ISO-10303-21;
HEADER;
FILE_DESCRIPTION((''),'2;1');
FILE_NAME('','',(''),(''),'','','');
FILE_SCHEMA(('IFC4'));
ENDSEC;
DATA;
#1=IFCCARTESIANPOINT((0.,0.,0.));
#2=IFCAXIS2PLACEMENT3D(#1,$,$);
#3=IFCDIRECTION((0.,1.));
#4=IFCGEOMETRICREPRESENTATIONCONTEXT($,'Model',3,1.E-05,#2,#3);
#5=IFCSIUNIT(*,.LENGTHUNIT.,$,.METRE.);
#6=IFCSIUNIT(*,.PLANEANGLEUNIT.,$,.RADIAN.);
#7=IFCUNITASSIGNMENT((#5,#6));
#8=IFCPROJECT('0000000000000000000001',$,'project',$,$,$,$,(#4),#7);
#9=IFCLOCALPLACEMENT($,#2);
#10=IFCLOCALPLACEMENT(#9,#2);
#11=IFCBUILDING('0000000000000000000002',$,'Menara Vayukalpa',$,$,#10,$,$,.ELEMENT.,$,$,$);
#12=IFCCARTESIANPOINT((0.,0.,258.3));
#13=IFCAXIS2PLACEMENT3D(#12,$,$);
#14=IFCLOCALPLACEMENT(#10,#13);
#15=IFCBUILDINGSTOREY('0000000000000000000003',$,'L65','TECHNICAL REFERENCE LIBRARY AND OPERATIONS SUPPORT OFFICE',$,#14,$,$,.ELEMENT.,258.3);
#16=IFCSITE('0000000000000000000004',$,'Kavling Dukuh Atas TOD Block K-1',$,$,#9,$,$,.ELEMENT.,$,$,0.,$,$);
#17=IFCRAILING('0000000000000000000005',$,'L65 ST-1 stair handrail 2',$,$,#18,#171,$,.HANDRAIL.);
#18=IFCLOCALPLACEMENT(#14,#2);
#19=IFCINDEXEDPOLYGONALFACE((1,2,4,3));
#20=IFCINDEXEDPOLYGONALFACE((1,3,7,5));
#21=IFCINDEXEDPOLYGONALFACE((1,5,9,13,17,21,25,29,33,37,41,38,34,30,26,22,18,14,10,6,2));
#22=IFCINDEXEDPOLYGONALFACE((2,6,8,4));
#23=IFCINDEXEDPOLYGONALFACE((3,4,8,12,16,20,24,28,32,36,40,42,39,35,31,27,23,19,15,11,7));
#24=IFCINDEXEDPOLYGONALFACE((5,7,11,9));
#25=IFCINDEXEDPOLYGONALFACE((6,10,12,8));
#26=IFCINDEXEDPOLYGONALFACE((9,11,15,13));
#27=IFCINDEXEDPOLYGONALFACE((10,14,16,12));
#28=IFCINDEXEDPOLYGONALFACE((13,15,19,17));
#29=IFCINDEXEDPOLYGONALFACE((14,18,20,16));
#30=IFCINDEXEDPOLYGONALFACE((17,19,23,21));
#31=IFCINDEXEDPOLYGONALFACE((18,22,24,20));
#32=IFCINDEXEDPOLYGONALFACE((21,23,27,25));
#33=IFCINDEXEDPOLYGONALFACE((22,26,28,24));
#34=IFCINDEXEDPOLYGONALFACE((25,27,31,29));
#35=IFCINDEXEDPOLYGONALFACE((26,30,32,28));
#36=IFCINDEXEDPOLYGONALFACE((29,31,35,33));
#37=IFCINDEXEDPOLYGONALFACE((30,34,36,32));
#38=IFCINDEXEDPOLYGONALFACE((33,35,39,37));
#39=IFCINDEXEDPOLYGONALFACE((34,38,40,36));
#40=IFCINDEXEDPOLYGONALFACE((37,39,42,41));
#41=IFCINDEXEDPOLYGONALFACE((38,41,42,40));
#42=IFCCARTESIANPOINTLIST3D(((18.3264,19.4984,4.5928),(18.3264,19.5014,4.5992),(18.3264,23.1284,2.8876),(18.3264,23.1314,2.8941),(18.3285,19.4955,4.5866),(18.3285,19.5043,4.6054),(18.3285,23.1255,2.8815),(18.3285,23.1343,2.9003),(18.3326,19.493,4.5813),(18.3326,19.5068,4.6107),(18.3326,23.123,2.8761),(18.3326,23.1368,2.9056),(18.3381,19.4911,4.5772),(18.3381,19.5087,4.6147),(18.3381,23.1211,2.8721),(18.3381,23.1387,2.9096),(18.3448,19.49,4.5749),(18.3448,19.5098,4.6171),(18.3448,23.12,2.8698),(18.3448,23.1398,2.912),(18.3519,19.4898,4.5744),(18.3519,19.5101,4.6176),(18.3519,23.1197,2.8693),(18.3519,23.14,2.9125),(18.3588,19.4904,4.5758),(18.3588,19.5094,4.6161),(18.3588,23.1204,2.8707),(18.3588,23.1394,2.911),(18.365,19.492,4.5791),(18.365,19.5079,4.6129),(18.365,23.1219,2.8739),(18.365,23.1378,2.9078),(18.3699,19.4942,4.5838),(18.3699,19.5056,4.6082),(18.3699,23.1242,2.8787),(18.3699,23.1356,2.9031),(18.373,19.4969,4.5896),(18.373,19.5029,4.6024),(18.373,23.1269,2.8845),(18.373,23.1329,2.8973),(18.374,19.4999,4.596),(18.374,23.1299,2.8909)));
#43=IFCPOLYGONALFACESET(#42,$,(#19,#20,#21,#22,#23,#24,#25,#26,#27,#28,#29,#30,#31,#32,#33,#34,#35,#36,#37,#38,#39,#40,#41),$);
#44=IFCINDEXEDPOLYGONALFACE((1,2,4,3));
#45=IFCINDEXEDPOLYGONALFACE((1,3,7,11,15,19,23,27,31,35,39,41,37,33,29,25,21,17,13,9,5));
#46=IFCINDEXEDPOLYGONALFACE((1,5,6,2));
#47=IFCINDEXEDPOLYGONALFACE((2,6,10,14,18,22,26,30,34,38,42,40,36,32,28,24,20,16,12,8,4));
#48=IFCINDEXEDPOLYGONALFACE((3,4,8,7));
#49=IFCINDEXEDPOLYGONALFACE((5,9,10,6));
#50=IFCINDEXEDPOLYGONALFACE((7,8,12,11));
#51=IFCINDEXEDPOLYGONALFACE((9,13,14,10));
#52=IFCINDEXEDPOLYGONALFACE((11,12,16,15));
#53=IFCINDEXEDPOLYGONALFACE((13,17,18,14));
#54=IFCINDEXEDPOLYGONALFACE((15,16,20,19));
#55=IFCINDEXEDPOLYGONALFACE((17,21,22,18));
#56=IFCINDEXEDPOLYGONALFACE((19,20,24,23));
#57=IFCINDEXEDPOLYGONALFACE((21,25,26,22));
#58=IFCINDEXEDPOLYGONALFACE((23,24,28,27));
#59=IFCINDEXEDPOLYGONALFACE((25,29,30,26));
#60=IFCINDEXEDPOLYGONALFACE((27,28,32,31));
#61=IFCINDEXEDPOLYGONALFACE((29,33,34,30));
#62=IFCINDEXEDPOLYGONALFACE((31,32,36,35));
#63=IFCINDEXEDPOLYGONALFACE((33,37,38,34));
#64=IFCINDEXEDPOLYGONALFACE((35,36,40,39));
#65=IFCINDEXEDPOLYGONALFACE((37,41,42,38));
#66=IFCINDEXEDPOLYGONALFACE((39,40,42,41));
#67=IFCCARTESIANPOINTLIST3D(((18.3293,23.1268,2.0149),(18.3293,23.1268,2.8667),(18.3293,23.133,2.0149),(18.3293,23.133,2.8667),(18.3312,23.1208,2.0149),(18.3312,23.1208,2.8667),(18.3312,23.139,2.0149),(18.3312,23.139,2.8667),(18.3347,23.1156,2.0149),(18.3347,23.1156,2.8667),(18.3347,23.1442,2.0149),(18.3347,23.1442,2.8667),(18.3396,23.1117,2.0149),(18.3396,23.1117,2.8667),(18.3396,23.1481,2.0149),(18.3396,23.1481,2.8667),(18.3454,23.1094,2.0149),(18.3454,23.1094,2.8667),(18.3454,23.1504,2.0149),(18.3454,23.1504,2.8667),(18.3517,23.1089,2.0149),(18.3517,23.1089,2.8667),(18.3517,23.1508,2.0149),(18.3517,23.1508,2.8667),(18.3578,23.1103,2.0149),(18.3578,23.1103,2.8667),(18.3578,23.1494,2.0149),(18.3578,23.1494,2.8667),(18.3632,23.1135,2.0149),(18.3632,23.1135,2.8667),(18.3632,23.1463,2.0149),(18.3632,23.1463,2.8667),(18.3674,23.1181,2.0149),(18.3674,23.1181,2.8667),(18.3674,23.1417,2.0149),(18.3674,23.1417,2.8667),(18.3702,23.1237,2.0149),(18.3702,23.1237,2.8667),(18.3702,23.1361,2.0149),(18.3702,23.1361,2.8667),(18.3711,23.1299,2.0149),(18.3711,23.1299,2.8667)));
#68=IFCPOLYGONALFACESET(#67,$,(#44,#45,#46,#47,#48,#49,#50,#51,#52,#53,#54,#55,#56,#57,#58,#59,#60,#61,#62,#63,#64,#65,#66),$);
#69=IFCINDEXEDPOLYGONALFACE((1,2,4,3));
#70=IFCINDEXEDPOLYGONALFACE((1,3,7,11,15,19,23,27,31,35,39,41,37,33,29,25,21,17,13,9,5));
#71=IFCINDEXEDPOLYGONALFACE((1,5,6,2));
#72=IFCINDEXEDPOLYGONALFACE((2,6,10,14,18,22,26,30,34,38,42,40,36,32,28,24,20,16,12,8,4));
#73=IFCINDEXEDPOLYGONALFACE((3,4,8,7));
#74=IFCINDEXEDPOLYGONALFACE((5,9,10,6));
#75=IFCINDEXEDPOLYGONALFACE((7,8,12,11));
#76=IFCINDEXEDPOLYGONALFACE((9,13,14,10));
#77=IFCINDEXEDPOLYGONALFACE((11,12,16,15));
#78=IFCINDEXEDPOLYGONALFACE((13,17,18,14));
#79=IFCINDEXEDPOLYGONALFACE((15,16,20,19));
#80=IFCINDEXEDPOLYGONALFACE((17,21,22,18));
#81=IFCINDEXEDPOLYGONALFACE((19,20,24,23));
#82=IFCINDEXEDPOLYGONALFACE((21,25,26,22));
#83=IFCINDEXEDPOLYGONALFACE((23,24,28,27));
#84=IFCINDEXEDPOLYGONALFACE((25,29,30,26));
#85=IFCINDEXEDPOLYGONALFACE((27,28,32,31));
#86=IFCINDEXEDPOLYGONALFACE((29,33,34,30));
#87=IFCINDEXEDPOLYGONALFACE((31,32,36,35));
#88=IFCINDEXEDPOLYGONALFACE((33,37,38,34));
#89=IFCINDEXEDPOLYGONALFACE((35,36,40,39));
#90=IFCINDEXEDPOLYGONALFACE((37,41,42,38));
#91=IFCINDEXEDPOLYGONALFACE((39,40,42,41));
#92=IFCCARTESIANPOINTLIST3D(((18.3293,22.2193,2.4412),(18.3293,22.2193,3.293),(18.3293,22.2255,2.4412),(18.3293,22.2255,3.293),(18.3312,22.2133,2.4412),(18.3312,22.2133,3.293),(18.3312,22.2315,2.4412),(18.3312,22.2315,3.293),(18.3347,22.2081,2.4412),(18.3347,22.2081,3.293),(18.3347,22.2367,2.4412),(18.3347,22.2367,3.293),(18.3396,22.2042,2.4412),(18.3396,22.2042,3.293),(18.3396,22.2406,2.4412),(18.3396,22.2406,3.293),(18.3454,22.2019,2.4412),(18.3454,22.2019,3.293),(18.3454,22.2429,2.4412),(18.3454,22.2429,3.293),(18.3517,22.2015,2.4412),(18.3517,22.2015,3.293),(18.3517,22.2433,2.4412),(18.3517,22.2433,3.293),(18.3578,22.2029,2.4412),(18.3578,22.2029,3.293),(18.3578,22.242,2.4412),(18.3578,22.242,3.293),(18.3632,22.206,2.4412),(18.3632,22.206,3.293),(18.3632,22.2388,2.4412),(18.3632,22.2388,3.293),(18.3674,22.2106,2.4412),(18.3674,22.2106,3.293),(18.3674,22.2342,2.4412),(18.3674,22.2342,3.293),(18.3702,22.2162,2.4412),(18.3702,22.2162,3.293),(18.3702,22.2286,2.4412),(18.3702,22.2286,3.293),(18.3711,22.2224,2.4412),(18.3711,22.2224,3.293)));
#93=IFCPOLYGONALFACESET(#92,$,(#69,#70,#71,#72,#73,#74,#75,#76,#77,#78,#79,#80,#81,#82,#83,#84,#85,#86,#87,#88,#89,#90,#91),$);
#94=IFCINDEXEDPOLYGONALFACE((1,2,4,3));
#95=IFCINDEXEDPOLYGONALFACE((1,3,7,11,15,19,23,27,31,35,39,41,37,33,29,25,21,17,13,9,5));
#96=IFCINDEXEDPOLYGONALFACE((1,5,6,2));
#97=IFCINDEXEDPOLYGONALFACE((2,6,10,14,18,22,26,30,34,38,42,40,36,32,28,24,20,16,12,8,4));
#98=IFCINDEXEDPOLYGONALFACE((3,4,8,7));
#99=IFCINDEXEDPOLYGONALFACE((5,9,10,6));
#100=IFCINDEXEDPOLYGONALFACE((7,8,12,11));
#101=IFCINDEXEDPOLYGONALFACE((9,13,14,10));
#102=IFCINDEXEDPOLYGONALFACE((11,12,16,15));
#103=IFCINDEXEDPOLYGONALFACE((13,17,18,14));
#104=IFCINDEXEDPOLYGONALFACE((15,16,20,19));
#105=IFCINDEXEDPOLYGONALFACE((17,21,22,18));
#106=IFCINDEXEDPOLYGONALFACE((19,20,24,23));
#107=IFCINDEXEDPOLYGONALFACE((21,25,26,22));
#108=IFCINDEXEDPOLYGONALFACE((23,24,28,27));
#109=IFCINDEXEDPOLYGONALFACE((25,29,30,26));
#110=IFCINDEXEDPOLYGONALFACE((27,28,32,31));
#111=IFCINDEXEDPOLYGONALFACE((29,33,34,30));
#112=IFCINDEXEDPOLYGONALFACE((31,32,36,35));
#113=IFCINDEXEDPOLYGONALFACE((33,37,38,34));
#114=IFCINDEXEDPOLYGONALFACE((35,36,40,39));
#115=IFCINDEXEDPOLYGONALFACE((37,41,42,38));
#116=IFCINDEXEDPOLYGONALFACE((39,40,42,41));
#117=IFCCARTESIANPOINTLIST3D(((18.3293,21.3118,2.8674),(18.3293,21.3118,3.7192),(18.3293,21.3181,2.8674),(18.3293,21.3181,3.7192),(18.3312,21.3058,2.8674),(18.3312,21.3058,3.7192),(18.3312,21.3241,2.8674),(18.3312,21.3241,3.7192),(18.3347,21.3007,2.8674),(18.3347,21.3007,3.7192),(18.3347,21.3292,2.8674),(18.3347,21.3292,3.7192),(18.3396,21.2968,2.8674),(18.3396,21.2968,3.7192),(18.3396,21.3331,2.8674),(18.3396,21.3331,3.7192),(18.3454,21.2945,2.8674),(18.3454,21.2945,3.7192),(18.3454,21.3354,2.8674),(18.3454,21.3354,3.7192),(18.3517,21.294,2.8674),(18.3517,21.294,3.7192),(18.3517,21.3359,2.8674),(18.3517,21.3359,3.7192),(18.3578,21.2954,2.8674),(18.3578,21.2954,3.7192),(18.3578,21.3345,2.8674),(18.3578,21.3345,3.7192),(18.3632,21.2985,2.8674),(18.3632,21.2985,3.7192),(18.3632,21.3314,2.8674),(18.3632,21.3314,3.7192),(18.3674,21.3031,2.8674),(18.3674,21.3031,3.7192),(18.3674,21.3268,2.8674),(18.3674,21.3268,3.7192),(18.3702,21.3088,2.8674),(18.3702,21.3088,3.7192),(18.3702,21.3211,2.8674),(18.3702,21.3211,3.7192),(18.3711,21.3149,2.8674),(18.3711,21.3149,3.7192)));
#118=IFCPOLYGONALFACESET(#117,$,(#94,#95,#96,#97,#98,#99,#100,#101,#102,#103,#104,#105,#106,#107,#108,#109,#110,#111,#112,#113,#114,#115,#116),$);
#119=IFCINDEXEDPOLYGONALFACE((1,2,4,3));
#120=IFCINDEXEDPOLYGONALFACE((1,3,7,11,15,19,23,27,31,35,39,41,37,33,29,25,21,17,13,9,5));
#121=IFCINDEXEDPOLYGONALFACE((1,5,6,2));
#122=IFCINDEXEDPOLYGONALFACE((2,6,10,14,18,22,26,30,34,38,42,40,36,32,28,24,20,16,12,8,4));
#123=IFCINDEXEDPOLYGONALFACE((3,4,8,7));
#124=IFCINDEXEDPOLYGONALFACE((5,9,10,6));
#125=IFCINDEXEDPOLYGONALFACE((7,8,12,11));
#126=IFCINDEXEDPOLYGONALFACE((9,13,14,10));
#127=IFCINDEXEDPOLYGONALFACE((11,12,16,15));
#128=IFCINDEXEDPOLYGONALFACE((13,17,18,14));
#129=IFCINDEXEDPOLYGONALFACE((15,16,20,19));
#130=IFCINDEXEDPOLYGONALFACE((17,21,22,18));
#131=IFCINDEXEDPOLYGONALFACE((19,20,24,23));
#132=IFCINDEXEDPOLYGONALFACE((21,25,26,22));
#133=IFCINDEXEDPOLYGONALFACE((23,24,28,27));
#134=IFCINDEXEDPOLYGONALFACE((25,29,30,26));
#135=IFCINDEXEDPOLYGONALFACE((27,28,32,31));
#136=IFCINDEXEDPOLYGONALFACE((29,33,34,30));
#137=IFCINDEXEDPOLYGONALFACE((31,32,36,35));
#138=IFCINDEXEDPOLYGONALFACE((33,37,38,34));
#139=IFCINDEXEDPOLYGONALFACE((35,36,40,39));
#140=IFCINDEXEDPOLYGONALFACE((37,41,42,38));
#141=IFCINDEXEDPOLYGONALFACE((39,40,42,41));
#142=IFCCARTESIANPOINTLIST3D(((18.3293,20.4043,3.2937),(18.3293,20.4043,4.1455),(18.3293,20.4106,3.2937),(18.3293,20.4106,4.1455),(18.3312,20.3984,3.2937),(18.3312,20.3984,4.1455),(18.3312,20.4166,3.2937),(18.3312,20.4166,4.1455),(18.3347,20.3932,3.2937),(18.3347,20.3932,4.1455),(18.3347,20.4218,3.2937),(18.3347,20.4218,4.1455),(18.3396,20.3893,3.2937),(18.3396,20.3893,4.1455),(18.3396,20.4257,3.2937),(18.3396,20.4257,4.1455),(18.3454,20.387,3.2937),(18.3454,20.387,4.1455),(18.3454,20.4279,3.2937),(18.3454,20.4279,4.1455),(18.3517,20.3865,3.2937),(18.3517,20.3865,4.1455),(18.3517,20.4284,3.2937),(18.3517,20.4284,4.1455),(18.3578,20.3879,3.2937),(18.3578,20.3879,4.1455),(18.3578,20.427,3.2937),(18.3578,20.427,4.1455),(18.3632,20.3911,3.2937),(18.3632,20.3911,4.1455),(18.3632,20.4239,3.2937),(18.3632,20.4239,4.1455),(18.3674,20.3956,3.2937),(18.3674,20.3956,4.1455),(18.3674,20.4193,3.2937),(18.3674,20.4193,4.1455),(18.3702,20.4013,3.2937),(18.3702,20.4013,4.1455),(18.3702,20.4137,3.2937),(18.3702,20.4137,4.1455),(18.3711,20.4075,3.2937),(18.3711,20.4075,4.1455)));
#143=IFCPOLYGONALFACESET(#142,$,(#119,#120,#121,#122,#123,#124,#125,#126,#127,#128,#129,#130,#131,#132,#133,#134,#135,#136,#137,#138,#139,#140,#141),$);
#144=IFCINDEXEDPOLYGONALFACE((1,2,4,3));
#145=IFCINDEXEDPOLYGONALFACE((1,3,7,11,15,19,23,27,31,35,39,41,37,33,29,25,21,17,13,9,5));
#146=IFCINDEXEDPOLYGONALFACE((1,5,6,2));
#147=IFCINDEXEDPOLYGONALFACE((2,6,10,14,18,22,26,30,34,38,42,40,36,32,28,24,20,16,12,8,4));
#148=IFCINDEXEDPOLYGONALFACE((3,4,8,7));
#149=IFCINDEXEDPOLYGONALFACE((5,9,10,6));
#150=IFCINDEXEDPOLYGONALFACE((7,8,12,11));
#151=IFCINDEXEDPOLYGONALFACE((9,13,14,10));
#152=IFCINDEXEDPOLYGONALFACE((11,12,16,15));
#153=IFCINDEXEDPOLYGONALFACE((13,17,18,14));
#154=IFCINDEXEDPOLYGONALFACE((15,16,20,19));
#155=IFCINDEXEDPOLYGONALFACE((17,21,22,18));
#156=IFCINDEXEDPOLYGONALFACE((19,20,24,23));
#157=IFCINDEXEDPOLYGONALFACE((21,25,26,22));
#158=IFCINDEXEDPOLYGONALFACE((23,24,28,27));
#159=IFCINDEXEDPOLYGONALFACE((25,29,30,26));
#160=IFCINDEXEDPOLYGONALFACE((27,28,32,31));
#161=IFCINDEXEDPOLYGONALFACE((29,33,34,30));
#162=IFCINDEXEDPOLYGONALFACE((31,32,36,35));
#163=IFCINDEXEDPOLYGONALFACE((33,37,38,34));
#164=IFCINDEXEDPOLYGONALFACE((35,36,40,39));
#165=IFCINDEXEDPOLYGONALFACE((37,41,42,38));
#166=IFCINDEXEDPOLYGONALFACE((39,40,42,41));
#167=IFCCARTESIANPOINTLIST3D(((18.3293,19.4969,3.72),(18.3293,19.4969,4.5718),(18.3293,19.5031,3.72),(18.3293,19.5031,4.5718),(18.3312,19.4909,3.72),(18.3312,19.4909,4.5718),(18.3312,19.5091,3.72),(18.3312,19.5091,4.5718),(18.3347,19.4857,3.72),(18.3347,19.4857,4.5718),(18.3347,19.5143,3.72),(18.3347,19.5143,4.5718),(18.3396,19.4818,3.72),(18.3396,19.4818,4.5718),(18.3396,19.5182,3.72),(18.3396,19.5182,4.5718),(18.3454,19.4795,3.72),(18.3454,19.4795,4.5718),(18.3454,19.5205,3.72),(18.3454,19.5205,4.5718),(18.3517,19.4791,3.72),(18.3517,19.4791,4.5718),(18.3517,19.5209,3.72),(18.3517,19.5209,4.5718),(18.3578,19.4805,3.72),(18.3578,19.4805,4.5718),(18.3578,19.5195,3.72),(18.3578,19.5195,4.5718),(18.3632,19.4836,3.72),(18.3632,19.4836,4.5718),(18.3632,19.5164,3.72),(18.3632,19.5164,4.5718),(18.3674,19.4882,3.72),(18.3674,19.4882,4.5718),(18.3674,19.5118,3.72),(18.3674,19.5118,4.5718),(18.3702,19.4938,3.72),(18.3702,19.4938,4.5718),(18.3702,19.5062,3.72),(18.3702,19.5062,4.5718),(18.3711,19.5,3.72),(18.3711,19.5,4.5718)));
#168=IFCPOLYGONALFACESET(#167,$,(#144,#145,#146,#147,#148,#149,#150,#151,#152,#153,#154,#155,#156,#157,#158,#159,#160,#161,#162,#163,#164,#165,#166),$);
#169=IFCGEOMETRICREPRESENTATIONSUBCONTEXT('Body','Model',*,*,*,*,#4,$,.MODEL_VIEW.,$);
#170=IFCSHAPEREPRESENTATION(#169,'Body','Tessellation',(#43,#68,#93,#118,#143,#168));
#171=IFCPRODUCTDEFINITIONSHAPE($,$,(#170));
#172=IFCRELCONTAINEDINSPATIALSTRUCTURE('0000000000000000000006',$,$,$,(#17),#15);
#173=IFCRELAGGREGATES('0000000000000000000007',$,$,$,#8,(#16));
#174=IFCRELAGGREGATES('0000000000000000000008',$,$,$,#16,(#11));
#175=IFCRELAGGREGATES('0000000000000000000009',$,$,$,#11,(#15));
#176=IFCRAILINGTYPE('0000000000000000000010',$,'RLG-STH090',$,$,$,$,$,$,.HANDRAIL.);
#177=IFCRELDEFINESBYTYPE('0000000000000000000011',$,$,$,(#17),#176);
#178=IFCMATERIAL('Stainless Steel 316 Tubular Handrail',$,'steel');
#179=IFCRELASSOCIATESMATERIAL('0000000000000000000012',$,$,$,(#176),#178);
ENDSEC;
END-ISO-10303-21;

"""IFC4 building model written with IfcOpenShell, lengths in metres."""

from ifc_helpers import new_model, si_unit, direction, frame, origin, origin_2d, place, context, subcontext, project, spatial, circle, extrude, material, type_object, element, save


model = new_model("IFC4")

# Units and contexts
model_context = context("Model", 3, precision=1e-05, world=origin(), true_north=direction((0.0, 1.0)))
body_context = subcontext(model_context, "Body", "Model", "MODEL_VIEW")
ifc_project = project(units=[si_unit("LENGTHUNIT", "METRE"), si_unit("PLANEANGLEUNIT", "RADIAN")], contexts=[model_context])

# Site, building, storey
site_placement = place(None, origin())
site = spatial("IfcSite", under=ifc_project, at=site_placement, Name="Kavling Dukuh Atas TOD Block K-1", CompositionType="ELEMENT", RefElevation=0.0)
building_placement = place(site_placement, origin())
building = spatial("IfcBuilding", under=site, at=building_placement, Name="Menara Vayukalpa", CompositionType="ELEMENT")
storey_placement = place(building_placement, frame((0.0, 0.0, 258.3)))
storey = spatial("IfcBuildingStorey", under=building, at=storey_placement, Name="L65", Description="TECHNICAL REFERENCE LIBRARY AND OPERATIONS SUPPORT OFFICE", CompositionType="ELEMENT", Elevation=258.3)

# Railing
ifc_material_1 = material(Name="Stainless Steel 316 Tubular Handrail", Category="steel")
railing_type_1 = type_object("IfcRailingType", Name="RLG-STH090", PredefinedType="HANDRAIL", material=ifc_material_1)
railing_1_placement = place(storey_placement, frame((18.3501, 23.1299, 2.0149)))
element("IfcRailing", 1, at=railing_1_placement, inside=storey, type_object=railing_type_1, Name="L65 ST-1 stair handrail 2", PredefinedType="HANDRAIL", context=body_context, shape_type="SweptSolid", body=[
    extrude(circle(Radius=0.0239, at=origin_2d()), frame((0.0, 0.0, 0.876), z_axis=(0.0, -0.905116, 0.425164), x_axis=(1.0, 0.0, 0.0)), (0.0, 0.0, 1.0), 4.0105),
    extrude(circle(Radius=0.021, at=origin_2d()), origin(), (0.0, 0.0, 1.0), 0.8518),
    extrude(circle(Radius=0.021, at=origin_2d()), frame((0.0, -0.9075, 0.4263)), (0.0, 0.0, 1.0), 0.8518),
    extrude(circle(Radius=0.021, at=origin_2d()), frame((0.0, -1.8149, 0.8525)), (0.0, 0.0, 1.0), 0.8518),
    extrude(circle(Radius=0.021, at=origin_2d()), frame((0.0, -2.7224, 1.2788)), (0.0, 0.0, 1.0), 0.8518),
    extrude(circle(Radius=0.021, at=origin_2d()), frame((0.0, -3.6299, 1.7051)), (0.0, 0.0, 1.0), 0.8518),
])

save(model, "model.ifc")
